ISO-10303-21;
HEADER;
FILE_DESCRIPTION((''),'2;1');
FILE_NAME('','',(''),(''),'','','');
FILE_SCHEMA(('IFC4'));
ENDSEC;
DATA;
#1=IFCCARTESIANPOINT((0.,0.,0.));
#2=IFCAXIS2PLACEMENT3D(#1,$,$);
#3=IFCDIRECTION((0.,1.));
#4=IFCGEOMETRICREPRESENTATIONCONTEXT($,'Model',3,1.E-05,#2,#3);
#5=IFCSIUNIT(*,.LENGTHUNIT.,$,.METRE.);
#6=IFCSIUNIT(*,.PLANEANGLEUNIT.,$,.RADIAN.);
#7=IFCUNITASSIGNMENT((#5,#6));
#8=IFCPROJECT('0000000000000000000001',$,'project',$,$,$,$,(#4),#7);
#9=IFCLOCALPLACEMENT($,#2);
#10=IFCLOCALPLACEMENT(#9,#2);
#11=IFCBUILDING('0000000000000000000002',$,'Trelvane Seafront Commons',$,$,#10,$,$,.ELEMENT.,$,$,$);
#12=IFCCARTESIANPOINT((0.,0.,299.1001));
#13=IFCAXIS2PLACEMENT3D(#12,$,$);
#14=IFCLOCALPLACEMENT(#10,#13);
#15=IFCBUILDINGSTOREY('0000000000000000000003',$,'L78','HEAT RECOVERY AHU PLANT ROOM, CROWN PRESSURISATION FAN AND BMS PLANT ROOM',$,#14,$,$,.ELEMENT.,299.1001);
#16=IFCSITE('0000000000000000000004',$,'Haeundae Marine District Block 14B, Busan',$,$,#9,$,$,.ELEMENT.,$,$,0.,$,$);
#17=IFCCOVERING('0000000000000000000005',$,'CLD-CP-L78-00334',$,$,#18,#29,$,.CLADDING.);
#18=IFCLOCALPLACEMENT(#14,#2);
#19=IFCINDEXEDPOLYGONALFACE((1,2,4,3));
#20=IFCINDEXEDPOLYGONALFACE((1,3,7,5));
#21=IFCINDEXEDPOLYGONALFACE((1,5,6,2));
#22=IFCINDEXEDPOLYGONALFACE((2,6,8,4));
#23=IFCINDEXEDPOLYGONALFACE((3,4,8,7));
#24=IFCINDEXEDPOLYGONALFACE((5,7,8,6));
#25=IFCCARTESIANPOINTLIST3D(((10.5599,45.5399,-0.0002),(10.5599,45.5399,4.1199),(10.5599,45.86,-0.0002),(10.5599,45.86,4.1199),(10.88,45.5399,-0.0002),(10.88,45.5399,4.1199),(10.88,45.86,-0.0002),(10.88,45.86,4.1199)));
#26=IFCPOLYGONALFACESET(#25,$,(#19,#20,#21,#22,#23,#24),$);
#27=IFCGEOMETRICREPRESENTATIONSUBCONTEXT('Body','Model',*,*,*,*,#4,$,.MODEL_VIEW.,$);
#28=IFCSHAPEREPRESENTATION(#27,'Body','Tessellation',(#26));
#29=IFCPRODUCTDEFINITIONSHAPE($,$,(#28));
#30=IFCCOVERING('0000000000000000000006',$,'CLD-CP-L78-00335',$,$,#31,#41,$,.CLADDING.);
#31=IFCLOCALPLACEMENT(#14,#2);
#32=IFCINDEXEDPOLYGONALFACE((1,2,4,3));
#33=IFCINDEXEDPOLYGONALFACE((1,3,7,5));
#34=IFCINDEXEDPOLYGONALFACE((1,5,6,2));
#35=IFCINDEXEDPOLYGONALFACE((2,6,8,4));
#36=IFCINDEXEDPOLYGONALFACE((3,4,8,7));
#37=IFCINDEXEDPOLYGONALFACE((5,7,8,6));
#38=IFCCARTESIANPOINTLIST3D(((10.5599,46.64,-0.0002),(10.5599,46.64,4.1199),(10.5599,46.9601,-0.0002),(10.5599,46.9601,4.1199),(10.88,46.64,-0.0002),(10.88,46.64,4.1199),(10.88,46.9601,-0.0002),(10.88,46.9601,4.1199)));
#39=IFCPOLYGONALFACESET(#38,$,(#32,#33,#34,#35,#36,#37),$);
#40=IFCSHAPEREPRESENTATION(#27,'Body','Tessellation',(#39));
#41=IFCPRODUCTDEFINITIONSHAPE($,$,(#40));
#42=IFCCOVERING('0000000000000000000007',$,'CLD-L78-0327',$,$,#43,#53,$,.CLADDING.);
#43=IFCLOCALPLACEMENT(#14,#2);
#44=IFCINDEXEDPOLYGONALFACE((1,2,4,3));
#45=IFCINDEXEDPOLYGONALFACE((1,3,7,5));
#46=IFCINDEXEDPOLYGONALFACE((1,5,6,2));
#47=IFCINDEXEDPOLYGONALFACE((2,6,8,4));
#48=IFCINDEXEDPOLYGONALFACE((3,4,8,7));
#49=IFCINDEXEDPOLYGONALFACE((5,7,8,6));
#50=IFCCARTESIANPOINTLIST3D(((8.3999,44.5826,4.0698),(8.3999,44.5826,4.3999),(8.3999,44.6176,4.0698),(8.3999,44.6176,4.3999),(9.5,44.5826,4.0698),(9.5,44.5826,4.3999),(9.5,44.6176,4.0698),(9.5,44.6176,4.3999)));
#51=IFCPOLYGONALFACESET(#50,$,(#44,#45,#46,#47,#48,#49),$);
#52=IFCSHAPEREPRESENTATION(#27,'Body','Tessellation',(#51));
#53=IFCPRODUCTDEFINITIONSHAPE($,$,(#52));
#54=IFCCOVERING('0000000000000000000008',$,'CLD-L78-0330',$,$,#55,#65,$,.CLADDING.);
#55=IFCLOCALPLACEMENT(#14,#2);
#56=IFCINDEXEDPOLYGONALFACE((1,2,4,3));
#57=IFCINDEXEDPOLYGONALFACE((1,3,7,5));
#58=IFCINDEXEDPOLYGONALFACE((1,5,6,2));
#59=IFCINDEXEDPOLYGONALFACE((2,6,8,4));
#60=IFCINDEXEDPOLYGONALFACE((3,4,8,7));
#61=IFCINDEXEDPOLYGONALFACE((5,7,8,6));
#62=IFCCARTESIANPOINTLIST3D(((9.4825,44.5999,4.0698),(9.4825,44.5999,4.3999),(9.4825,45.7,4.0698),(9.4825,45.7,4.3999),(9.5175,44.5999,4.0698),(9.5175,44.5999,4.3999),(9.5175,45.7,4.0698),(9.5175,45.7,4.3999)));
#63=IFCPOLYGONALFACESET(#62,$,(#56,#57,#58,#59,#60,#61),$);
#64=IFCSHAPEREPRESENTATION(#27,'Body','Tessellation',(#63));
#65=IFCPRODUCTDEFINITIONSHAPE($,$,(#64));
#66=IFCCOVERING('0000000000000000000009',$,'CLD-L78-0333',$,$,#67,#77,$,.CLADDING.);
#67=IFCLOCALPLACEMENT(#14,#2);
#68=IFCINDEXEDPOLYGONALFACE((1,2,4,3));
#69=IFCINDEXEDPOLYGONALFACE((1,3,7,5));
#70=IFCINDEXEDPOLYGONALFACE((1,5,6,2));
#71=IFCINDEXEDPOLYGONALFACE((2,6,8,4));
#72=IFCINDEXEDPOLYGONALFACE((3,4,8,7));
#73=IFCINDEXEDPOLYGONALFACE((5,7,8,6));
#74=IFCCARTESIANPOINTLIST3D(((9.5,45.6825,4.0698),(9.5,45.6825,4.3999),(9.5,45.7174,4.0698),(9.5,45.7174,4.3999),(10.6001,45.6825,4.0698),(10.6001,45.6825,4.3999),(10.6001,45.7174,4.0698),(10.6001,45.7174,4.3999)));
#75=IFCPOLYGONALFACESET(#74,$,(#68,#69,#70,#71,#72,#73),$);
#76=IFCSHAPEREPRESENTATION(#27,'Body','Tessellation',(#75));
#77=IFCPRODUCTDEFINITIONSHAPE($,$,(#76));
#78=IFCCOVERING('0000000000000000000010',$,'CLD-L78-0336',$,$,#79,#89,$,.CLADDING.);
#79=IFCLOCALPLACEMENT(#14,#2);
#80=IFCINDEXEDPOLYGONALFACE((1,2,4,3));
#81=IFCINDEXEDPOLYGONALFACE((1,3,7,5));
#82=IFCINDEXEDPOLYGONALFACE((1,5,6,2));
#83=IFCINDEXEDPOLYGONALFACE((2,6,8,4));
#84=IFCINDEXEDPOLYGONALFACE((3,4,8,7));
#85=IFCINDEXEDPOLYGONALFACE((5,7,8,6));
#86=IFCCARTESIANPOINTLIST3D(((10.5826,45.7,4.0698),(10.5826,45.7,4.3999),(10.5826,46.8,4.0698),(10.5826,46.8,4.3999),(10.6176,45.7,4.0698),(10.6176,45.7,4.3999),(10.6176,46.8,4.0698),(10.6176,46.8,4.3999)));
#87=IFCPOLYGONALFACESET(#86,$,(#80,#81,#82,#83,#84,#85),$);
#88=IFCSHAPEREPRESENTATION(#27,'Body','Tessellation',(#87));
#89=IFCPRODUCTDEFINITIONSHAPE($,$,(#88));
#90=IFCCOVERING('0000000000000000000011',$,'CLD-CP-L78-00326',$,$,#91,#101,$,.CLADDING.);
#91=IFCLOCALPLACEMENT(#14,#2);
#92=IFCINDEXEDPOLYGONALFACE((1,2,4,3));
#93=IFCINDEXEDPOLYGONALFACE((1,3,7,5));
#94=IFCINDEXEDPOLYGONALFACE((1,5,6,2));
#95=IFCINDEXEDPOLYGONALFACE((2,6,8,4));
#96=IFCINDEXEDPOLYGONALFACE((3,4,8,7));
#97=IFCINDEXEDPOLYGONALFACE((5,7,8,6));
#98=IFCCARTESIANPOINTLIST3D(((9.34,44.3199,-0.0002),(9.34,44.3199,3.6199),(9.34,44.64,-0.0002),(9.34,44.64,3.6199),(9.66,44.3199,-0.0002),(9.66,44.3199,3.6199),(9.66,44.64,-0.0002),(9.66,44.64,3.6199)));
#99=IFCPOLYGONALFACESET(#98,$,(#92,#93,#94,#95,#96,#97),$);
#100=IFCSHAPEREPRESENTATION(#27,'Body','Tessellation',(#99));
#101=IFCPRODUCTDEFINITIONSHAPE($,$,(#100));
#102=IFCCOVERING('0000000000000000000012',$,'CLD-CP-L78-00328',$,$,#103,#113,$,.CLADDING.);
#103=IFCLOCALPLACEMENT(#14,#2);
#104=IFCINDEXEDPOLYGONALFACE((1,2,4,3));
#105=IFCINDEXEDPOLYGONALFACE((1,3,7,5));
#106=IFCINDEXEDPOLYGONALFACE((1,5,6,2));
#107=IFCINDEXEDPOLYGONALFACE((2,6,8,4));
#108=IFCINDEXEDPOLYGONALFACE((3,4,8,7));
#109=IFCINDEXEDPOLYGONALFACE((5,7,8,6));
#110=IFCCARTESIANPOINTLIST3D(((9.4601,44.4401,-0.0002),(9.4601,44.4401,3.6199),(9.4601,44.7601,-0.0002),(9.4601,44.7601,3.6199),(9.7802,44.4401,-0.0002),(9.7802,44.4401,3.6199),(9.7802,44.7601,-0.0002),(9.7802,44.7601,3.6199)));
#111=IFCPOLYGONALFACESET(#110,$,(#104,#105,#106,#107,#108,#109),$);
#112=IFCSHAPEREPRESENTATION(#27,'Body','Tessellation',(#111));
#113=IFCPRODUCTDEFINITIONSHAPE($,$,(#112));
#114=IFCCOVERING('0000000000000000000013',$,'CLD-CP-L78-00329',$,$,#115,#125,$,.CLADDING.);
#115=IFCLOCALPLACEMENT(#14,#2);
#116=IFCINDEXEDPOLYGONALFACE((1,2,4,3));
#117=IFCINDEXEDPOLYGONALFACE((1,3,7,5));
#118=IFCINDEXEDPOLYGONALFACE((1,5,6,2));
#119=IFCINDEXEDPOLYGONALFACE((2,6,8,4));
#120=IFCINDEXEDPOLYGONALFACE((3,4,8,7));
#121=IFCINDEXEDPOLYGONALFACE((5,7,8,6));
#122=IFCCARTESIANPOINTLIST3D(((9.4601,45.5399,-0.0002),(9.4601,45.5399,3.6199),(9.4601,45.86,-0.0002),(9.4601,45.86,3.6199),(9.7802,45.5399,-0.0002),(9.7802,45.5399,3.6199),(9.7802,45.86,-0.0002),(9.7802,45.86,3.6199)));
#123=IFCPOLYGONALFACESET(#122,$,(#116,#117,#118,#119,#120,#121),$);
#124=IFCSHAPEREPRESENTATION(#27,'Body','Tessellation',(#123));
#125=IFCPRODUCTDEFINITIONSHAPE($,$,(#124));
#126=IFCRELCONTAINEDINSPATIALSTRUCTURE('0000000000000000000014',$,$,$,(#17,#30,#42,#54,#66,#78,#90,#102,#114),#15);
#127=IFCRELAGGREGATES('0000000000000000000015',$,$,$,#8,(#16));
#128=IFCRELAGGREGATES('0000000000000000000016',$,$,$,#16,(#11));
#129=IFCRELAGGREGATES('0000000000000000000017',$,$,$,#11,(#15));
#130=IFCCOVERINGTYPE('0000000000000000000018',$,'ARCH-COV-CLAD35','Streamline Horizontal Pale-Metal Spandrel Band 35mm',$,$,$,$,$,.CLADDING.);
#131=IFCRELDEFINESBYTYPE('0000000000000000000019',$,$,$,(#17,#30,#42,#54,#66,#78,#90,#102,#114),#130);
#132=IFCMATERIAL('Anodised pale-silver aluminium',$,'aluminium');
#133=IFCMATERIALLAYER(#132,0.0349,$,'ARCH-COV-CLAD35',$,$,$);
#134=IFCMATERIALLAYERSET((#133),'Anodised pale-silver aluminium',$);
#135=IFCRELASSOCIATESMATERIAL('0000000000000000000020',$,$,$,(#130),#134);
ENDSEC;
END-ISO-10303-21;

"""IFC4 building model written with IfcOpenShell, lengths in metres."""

from ifc_helpers import new_model, si_unit, direction, frame, origin, origin_2d, place, context, subcontext, project, spatial, rectangle, extrude, source, transform, mapped, material, layer, layer_set, type_object, element, save


model = new_model("IFC4")

# Units and contexts
model_context = context("Model", 3, precision=1e-05, world=origin(), true_north=direction((0.0, 1.0)))
body_context = subcontext(model_context, "Body", "Model", "MODEL_VIEW")
ifc_project = project(units=[si_unit("LENGTHUNIT", "METRE"), si_unit("PLANEANGLEUNIT", "RADIAN")], contexts=[model_context])

# Site, building, storey
site_placement = place(None, origin())
site = spatial("IfcSite", under=ifc_project, at=site_placement, Name="Haeundae Marine District Block 14B, Busan", CompositionType="ELEMENT", RefElevation=0.0)
building_placement = place(site_placement, origin())
building = spatial("IfcBuilding", under=site, at=building_placement, Name="Trelvane Seafront Commons", CompositionType="ELEMENT")
storey_placement = place(building_placement, frame((0.0, 0.0, 299.1001)))
storey = spatial("IfcBuildingStorey", under=building, at=storey_placement, Name="L78", Description="HEAT RECOVERY AHU PLANT ROOM, CROWN PRESSURISATION FAN AND BMS PLANT ROOM", CompositionType="ELEMENT", Elevation=299.1001)

# Shared definitions
ifc_material_1 = material(Name="Anodised pale-silver aluminium", Category="aluminium")

# Coverings
ifc_layer_1 = layer(ifc_material_1, 0.0349, Name="ARCH-COV-CLAD35")
ifc_layer_set_1 = layer_set([ifc_layer_1], Name="Anodised pale-silver aluminium")
covering_type = type_object("IfcCoveringType", Name="ARCH-COV-CLAD35", Description="Streamline Horizontal Pale-Metal Spandrel Band 35mm", PredefinedType="CLADDING", material=ifc_layer_set_1)
shared_shape_1 = source(origin(), body_context, "Body", "SweptSolid", [
    extrude(rectangle(XDim=0.3201, YDim=0.3201, at=origin_2d()), origin(), (0.0, 0.0, 1.0), 4.1201),
])
for number, where, z_axis, x_axis, name in (
    (1, (10.72, 45.7, -0.0002), (0.0, 0.0, 1.0), (1.0, 0.0, 0.0), "CLD-CP-L78-00334"),
    (2, (10.72, 46.8, -0.0002), (0.0, 0.0, 1.0), (1.0, 0.0, 0.0), "CLD-CP-L78-00335"),
):
    element("IfcCovering", number, at=place(storey_placement, frame(where, z_axis=z_axis, x_axis=x_axis)), inside=storey, type_object=covering_type, Name=name, PredefinedType="CLADDING", context=body_context, shape_type="MappedRepresentation", body=[
        mapped(shared_shape_1, transform((0.0, 0.0, 0.0), x_axis=(1.0, 0.0, 0.0), y_axis=(0.0, 1.0, 0.0), z_axis=(0.0, 0.0, 1.0), scale=1.0)),
    ])
shared_shape_2 = source(origin(), body_context, "Body", "SweptSolid", [
    extrude(rectangle(XDim=1.1001, YDim=0.0349, at=origin_2d()), origin(), (0.0, 0.0, 1.0), 0.3301),
])
for number, where, z_axis, x_axis, name in (
    (3, (8.95, 44.6001, 4.0698), (0.0, 0.0, 1.0), (1.0, 0.0, 0.0), "CLD-L78-0327"),
    (4, (9.5, 45.1499, 4.0698), (0.0, 0.0, 1.0), (0.0, 1.0, 0.0), "CLD-L78-0330"),
    (5, (10.05, 45.7, 4.0698), (0.0, 0.0, 1.0), (1.0, 0.0, 0.0), "CLD-L78-0333"),
    (6, (10.6001, 46.25, 4.0698), (0.0, 0.0, 1.0), (0.0, 1.0, 0.0), "CLD-L78-0336"),
):
    element("IfcCovering", number, at=place(storey_placement, frame(where, z_axis=z_axis, x_axis=x_axis)), inside=storey, type_object=covering_type, Name=name, PredefinedType="CLADDING", context=body_context, shape_type="MappedRepresentation", body=[
        mapped(shared_shape_2, transform((0.0, 0.0, 0.0), x_axis=(1.0, 0.0, 0.0), y_axis=(0.0, 1.0, 0.0), z_axis=(0.0, 0.0, 1.0), scale=1.0)),
    ])
shared_shape_3 = source(origin(), body_context, "Body", "SweptSolid", [
    extrude(rectangle(XDim=0.3201, YDim=0.3201, at=origin_2d()), origin(), (0.0, 0.0, 1.0), 3.6201),
])
for number, where, z_axis, x_axis, name in (
    (7, (9.5, 44.48, -0.0002), (0.0, 0.0, 1.0), (1.0, 0.0, 0.0), "CLD-CP-L78-00326"),
    (8, (9.6201, 44.6001, -0.0002), (0.0, 0.0, 1.0), (1.0, 0.0, 0.0), "CLD-CP-L78-00328"),
    (9, (9.6201, 45.7, -0.0002), (0.0, 0.0, 1.0), (1.0, 0.0, 0.0), "CLD-CP-L78-00329"),
):
    element("IfcCovering", number, at=place(storey_placement, frame(where, z_axis=z_axis, x_axis=x_axis)), inside=storey, type_object=covering_type, Name=name, PredefinedType="CLADDING", context=body_context, shape_type="MappedRepresentation", body=[
        mapped(shared_shape_3, transform((0.0, 0.0, 0.0), x_axis=(1.0, 0.0, 0.0), y_axis=(0.0, 1.0, 0.0), z_axis=(0.0, 0.0, 1.0), scale=1.0)),
    ])

save(model, "model.ifc")
